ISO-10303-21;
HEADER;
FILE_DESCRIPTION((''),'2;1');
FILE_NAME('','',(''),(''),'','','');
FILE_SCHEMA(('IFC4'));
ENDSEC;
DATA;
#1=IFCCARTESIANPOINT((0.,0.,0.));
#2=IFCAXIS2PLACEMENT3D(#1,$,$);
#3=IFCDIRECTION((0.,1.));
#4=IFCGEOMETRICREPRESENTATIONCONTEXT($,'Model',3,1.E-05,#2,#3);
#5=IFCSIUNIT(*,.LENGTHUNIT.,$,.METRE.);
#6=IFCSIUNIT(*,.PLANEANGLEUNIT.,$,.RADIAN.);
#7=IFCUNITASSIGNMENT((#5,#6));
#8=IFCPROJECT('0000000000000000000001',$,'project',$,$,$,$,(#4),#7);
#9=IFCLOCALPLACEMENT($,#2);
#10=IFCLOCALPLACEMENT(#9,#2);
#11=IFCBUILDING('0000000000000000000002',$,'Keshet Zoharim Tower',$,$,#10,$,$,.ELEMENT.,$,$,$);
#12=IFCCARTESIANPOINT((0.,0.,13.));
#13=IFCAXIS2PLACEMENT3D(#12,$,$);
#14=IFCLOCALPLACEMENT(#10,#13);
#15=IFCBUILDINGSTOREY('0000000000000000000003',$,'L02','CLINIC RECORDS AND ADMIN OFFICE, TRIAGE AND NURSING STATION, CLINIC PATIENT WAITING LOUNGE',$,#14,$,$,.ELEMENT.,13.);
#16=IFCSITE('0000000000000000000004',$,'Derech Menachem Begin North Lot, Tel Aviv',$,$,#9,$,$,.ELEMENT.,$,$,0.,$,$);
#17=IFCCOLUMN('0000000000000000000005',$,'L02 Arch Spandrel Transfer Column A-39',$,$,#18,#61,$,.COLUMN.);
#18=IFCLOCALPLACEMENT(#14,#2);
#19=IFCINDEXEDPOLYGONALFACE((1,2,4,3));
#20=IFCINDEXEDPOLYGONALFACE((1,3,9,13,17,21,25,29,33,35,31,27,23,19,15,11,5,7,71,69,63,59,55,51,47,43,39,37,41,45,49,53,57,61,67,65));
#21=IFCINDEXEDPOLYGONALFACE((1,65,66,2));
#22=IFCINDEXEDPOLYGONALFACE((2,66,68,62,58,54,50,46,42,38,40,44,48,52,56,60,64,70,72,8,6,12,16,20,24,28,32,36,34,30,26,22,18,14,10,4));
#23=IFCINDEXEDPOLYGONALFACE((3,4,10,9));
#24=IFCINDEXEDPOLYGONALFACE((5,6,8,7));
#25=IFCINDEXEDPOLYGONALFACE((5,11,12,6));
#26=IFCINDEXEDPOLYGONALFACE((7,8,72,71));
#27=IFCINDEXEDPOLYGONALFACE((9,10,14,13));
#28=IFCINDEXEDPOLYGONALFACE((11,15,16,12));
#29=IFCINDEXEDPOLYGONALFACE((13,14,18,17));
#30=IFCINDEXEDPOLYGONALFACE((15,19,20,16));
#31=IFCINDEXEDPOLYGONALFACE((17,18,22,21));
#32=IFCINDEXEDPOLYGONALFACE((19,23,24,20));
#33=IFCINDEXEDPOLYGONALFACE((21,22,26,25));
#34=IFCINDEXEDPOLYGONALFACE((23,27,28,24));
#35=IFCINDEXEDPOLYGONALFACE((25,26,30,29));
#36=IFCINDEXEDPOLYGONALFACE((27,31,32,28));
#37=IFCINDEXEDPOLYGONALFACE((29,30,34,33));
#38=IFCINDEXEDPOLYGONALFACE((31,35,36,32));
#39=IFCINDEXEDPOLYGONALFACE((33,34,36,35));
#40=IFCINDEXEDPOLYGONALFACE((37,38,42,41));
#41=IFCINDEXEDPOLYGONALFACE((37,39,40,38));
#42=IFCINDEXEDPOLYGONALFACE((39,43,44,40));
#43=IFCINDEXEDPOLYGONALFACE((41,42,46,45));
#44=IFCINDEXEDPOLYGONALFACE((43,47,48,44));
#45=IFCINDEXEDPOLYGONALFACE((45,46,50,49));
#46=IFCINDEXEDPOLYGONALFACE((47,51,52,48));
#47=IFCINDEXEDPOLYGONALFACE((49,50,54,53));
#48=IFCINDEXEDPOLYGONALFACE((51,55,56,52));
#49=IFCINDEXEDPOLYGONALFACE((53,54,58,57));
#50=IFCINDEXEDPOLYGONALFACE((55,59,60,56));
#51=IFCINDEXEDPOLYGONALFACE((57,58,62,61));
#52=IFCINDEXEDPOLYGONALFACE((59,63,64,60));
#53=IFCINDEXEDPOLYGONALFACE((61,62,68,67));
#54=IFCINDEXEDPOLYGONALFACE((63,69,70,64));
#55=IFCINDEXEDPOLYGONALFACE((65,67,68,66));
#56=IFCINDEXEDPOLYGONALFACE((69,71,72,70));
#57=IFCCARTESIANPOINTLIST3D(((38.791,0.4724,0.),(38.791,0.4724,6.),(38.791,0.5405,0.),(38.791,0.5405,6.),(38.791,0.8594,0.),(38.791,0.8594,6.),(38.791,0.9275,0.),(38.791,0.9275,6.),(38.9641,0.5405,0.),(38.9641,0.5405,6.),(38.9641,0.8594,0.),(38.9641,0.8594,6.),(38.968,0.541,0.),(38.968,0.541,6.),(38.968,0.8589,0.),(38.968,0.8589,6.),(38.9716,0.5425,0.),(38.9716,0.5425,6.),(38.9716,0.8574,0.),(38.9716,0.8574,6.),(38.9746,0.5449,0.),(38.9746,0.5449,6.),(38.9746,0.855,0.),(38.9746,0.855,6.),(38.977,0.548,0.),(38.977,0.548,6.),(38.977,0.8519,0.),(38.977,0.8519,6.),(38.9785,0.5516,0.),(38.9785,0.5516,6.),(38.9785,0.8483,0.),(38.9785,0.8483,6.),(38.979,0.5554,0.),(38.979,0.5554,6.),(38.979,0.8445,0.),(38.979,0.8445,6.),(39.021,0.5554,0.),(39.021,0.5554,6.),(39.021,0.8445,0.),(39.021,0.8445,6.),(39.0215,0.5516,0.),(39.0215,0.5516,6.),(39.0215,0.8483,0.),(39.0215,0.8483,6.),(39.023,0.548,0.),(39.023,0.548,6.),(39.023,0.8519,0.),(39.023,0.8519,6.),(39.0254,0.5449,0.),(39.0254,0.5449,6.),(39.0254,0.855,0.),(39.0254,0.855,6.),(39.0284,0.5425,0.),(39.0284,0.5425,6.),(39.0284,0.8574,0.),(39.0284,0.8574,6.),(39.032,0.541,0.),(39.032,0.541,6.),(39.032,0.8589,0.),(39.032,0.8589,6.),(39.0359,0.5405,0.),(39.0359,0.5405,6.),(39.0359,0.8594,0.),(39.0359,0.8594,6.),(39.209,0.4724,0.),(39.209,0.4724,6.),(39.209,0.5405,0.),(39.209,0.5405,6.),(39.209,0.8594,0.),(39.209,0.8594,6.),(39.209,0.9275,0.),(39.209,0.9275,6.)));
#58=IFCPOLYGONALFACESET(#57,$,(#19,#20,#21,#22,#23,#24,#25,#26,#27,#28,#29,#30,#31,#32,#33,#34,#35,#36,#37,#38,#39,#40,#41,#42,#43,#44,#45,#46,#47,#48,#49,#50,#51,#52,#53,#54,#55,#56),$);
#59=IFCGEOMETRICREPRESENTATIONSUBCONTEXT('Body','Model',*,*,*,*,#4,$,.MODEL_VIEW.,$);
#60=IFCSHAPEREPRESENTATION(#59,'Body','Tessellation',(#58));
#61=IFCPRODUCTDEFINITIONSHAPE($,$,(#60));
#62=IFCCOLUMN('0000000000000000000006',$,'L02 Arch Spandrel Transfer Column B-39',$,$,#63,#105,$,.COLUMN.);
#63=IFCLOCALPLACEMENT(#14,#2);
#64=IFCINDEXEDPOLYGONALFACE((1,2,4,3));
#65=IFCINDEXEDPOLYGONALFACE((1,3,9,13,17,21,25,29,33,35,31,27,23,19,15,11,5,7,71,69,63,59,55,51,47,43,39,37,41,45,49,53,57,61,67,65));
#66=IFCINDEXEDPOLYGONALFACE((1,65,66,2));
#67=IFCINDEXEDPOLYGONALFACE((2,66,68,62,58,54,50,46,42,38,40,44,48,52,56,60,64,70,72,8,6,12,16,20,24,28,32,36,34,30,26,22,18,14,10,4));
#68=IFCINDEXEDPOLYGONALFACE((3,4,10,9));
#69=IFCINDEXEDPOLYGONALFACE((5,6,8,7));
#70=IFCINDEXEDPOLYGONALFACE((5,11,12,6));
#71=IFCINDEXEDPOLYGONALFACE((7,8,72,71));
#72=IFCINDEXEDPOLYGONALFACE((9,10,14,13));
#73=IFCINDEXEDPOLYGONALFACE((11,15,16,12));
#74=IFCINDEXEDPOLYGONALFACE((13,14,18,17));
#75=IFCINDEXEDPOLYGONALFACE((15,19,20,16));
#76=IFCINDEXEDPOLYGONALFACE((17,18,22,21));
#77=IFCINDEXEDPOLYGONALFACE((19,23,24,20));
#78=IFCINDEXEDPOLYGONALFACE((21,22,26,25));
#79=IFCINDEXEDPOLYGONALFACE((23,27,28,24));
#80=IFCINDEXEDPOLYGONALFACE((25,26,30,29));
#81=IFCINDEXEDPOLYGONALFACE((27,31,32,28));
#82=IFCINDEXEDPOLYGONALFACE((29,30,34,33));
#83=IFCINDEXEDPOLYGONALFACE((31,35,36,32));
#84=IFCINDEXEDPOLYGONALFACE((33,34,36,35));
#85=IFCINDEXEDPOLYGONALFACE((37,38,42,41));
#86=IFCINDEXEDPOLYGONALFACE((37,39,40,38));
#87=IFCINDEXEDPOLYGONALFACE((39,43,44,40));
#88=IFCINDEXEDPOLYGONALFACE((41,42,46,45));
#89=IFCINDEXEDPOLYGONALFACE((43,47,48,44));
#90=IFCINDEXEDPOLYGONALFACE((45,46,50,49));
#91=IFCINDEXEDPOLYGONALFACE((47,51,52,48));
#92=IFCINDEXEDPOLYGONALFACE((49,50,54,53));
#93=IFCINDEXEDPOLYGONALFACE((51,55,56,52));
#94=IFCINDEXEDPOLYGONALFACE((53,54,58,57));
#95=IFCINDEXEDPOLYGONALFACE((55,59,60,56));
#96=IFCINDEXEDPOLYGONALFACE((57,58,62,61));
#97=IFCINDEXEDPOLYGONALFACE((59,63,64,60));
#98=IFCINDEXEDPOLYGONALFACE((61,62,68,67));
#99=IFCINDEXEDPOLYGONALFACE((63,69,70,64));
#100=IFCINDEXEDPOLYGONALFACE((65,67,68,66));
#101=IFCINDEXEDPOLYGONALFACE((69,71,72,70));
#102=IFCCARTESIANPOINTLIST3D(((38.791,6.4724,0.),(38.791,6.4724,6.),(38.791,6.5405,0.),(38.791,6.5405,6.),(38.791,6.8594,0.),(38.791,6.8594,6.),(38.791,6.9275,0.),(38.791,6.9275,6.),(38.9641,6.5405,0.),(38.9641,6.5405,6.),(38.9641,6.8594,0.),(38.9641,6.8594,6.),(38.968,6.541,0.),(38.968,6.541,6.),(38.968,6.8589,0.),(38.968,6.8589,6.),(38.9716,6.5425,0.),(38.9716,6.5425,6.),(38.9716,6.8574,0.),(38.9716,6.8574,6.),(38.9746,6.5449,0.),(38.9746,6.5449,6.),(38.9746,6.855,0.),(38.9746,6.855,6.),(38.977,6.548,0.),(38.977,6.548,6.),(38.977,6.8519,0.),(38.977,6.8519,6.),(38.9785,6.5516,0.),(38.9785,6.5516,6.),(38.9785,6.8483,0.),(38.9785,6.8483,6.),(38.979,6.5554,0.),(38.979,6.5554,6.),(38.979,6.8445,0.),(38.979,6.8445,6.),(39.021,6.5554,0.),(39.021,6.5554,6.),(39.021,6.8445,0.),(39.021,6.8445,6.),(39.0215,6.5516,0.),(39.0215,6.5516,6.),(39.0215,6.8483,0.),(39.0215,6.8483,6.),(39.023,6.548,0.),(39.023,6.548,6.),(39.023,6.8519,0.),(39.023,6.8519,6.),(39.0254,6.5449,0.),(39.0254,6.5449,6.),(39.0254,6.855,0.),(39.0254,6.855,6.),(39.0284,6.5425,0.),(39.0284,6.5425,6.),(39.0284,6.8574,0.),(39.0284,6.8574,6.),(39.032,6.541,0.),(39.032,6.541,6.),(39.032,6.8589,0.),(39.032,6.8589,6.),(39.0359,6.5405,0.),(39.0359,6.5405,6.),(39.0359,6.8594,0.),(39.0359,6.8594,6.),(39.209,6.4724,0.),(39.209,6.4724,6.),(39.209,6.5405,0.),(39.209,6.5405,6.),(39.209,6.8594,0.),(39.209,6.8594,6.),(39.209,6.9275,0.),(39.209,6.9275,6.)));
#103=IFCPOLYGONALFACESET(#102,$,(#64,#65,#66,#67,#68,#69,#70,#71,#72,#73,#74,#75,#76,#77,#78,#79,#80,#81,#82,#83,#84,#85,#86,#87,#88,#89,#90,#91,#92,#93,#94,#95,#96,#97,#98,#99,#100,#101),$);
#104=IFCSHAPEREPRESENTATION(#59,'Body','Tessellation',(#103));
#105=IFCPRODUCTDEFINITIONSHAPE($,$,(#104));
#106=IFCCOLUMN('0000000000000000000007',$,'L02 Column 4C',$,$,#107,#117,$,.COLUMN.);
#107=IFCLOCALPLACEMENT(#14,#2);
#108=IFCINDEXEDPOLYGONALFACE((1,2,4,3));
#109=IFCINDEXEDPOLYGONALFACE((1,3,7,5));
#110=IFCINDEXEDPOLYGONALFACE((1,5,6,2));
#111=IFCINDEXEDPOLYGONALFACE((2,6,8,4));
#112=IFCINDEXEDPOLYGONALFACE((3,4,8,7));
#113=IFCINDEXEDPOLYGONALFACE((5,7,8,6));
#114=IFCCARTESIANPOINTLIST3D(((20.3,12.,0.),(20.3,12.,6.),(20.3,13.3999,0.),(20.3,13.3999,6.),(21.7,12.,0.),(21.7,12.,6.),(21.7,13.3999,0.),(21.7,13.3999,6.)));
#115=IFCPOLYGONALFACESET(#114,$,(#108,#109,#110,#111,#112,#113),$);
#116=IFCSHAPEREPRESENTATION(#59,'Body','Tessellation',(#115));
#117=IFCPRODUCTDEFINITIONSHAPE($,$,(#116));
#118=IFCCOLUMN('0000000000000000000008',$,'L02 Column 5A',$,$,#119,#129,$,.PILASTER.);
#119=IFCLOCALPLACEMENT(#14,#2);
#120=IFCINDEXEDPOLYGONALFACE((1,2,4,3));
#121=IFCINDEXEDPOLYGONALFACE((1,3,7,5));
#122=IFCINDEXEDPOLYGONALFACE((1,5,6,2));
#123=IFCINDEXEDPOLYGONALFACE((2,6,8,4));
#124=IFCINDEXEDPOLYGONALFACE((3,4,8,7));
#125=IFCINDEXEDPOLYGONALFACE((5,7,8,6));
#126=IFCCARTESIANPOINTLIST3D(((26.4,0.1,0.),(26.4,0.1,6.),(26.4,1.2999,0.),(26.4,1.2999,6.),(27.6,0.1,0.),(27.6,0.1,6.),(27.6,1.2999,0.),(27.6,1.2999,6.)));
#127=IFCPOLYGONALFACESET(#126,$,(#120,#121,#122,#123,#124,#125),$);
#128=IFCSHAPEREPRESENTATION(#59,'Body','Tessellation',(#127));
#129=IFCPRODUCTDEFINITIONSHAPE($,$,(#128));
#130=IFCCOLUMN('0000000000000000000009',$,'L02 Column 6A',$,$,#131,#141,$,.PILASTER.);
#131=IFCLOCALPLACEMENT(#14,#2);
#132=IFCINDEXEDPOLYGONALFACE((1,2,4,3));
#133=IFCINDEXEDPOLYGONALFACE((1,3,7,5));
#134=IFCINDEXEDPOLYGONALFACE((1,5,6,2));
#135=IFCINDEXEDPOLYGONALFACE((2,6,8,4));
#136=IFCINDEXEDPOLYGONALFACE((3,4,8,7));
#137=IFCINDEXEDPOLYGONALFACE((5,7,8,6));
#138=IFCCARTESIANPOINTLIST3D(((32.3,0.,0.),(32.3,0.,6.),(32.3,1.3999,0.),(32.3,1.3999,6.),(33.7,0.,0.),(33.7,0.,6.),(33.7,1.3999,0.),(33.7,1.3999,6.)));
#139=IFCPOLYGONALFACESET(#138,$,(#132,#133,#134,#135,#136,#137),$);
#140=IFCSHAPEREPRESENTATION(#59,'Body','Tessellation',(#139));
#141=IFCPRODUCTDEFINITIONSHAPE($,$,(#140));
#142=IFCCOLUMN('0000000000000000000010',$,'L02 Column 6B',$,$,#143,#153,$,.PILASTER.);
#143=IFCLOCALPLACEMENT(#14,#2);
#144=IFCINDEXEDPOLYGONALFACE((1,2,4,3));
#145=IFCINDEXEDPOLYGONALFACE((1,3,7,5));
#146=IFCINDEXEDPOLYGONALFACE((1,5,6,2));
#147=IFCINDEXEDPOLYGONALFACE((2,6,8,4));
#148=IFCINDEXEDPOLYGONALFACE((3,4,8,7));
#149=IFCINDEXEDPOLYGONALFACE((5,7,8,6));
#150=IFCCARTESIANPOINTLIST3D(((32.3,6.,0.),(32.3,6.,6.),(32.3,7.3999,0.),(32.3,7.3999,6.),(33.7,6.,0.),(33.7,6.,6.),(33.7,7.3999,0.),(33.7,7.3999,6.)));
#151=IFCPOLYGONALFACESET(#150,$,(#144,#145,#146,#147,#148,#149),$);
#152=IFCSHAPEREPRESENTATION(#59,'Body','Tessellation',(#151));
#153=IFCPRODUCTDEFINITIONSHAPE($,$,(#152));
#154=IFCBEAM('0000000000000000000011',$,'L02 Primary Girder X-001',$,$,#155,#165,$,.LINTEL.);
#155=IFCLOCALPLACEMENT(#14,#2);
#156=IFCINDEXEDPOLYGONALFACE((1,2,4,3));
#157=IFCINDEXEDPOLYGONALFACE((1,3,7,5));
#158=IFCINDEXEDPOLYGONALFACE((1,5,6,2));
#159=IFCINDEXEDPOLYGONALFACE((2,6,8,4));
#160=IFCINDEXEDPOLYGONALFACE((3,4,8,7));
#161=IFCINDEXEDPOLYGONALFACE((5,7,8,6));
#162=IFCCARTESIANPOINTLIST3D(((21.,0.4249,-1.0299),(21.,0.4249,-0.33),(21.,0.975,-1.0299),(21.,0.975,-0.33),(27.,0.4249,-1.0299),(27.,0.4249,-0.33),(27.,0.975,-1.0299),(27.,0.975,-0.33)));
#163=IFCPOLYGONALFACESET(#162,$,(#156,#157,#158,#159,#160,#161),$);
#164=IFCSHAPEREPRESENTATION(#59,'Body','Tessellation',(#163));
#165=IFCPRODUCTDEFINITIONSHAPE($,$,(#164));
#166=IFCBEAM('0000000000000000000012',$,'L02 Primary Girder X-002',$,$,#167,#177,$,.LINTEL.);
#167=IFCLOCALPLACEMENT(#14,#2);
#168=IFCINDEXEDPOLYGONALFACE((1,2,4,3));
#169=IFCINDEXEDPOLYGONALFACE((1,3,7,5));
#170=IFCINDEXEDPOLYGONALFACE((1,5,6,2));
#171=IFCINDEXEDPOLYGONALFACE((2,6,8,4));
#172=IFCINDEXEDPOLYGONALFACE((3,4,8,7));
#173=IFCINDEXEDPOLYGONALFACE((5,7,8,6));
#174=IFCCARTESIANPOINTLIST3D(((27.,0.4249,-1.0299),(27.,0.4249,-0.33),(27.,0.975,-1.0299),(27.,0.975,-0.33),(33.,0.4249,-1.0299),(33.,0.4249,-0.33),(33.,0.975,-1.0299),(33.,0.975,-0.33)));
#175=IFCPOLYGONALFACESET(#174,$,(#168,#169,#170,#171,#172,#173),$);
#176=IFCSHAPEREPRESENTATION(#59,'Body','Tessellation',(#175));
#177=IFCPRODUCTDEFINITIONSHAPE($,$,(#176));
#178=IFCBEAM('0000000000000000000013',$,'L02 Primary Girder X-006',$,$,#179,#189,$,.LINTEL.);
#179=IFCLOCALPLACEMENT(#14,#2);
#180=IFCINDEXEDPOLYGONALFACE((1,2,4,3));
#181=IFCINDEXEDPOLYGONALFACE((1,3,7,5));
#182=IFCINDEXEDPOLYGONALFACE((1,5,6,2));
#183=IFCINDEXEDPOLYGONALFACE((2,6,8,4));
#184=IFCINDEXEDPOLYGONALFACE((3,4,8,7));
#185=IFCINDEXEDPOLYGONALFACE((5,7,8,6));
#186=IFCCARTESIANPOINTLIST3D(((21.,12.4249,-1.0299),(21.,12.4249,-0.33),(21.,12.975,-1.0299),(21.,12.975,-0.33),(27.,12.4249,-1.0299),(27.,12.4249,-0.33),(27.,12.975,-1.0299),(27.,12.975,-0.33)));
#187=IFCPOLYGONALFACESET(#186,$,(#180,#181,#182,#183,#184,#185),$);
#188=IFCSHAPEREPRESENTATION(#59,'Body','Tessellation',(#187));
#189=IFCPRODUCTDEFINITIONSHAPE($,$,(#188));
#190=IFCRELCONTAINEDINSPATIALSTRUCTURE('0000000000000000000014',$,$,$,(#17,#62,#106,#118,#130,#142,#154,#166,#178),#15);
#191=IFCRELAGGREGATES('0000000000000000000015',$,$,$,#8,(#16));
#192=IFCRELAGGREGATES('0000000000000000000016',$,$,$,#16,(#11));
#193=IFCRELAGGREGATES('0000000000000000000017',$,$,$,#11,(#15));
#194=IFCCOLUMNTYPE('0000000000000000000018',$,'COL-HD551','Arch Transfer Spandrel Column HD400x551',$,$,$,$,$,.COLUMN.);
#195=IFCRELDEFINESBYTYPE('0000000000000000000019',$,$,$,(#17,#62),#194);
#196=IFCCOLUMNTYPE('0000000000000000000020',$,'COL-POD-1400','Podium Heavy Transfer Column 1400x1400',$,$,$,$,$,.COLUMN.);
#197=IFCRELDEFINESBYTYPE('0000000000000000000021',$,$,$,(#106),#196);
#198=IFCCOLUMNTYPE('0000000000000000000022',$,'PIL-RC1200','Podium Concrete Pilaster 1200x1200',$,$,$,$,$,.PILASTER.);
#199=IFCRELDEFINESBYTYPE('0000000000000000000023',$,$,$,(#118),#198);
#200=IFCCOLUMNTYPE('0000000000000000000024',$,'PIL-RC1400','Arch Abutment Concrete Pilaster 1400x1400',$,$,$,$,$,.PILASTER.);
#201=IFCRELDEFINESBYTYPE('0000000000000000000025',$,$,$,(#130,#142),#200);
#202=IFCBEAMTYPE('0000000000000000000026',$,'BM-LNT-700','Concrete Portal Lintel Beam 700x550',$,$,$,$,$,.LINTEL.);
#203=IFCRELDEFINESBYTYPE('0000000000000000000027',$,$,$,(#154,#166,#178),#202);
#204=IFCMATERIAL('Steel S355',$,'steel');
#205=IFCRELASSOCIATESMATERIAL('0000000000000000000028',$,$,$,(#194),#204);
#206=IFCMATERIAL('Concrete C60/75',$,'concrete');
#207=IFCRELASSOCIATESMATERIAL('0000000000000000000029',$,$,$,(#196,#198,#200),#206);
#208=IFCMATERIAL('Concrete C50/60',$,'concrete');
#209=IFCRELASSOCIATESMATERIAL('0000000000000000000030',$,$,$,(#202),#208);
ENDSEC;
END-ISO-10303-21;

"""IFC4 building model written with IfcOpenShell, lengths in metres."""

from ifc_helpers import new_model, si_unit, direction, frame, origin, origin_2d, place, context, subcontext, project, spatial, rectangle, i_section, extrude, material, material_profile, profile_set, type_object, element, save


model = new_model("IFC4")

# Units and contexts
model_context = context("Model", 3, precision=1e-05, world=origin(), true_north=direction((0.0, 1.0)))
body_context = subcontext(model_context, "Body", "Model", "MODEL_VIEW")
ifc_project = project(units=[si_unit("LENGTHUNIT", "METRE"), si_unit("PLANEANGLEUNIT", "RADIAN")], contexts=[model_context])

# Site, building, storey
site_placement = place(None, origin())
site = spatial("IfcSite", under=ifc_project, at=site_placement, Name="Derech Menachem Begin North Lot, Tel Aviv", CompositionType="ELEMENT", RefElevation=0.0)
building_placement = place(site_placement, origin())
building = spatial("IfcBuilding", under=site, at=building_placement, Name="Keshet Zoharim Tower", CompositionType="ELEMENT")
storey_placement = place(building_placement, frame((0.0, 0.0, 13.0)))
storey = spatial("IfcBuildingStorey", under=building, at=storey_placement, Name="L02", Description="CLINIC RECORDS AND ADMIN OFFICE, TRIAGE AND NURSING STATION, CLINIC PATIENT WAITING LOUNGE", CompositionType="ELEMENT", Elevation=13.0)

# Columns
ifc_material_1 = material(Name="Steel S355", Category="steel")
ifc_material_profile_1 = material_profile(ifc_material_1, i_section(OverallWidth=0.418, OverallDepth=0.4551, WebThickness=0.042, FlangeThickness=0.0681, FilletRadius=0.0149, at=origin_2d()), Name="HD400x551")
ifc_profile_set_1 = profile_set([ifc_material_profile_1], Name="Steel S355")
column_type_1 = type_object("IfcColumnType", Name="COL-HD551", Description="Arch Transfer Spandrel Column HD400x551", PredefinedType="COLUMN", material=ifc_profile_set_1)
for number, where, z_axis, x_axis, name in (
    (1, (39.0, 0.7, 0.0), (0.0, 0.0, 1.0), (1.0, 0.0, 0.0), "L02 Arch Spandrel Transfer Column A-39"),
    (2, (39.0, 6.7, 0.0), (0.0, 0.0, 1.0), (1.0, 0.0, 0.0), "L02 Arch Spandrel Transfer Column B-39"),
):
    element("IfcColumn", number, at=place(storey_placement, frame(where, z_axis=z_axis, x_axis=x_axis)), inside=storey, type_object=column_type_1, Name=name, PredefinedType="COLUMN", context=body_context, shape_type="SweptSolid", body=[
        extrude(i_section(OverallWidth=0.418, OverallDepth=0.4551, WebThickness=0.042, FlangeThickness=0.0681, FilletRadius=0.0149, at=origin_2d()), origin(), (0.0, 0.0, 1.0), 6.0),
    ])
ifc_material_2 = material(Name="Concrete C60/75", Category="concrete")
ifc_material_profile_2 = material_profile(ifc_material_2, rectangle(XDim=1.3999, YDim=1.3999, at=origin_2d()), Name="RC1400x1400")
ifc_profile_set_2 = profile_set([ifc_material_profile_2], Name="Concrete C60/75")
column_type_2 = type_object("IfcColumnType", Name="COL-POD-1400", Description="Podium Heavy Transfer Column 1400x1400", PredefinedType="COLUMN", material=ifc_profile_set_2)
column_1_placement = place(storey_placement, frame((21.0, 12.7, 0.0), z_axis=(0.0, 0.0, 1.0), x_axis=(1.0, 0.0, 0.0)))
element("IfcColumn", 3, at=column_1_placement, inside=storey, type_object=column_type_2, Name="L02 Column 4C", PredefinedType="COLUMN", context=body_context, shape_type="SweptSolid", body=[
    extrude(rectangle(XDim=1.3999, YDim=1.3999, at=origin_2d()), origin(), (0.0, 0.0, 1.0), 6.0),
])
ifc_material_profile_3 = material_profile(ifc_material_2, rectangle(XDim=1.2, YDim=1.2, at=origin_2d()), Name="RC1200x1200")
ifc_profile_set_3 = profile_set([ifc_material_profile_3], Name="Concrete C60/75")
column_type_3 = type_object("IfcColumnType", Name="PIL-RC1200", Description="Podium Concrete Pilaster 1200x1200", PredefinedType="PILASTER", material=ifc_profile_set_3)
column_2_placement = place(storey_placement, frame((27.0, 0.7, 0.0), z_axis=(0.0, 0.0, 1.0), x_axis=(1.0, 0.0, 0.0)))
element("IfcColumn", 4, at=column_2_placement, inside=storey, type_object=column_type_3, Name="L02 Column 5A", PredefinedType="PILASTER", context=body_context, shape_type="SweptSolid", body=[
    extrude(rectangle(XDim=1.2, YDim=1.2, at=origin_2d()), origin(), (0.0, 0.0, 1.0), 6.0),
])
ifc_material_profile_4 = material_profile(ifc_material_2, rectangle(XDim=1.3999, YDim=1.3999, at=origin_2d()), Name="RC1400x1400")
ifc_profile_set_4 = profile_set([ifc_material_profile_4], Name="Concrete C60/75")
column_type_4 = type_object("IfcColumnType", Name="PIL-RC1400", Description="Arch Abutment Concrete Pilaster 1400x1400", PredefinedType="PILASTER", material=ifc_profile_set_4)
for number, where, z_axis, x_axis, name in (
    (5, (33.0, 0.7, 0.0), (0.0, 0.0, 1.0), (1.0, 0.0, 0.0), "L02 Column 6A"),
    (6, (33.0, 6.7, 0.0), (0.0, 0.0, 1.0), (1.0, 0.0, 0.0), "L02 Column 6B"),
):
    element("IfcColumn", number, at=place(storey_placement, frame(where, z_axis=z_axis, x_axis=x_axis)), inside=storey, type_object=column_type_4, Name=name, PredefinedType="PILASTER", context=body_context, shape_type="SweptSolid", body=[
        extrude(rectangle(XDim=1.3999, YDim=1.3999, at=origin_2d()), origin(), (0.0, 0.0, 1.0), 6.0),
    ])

# Beams
ifc_material_3 = material(Name="Concrete C50/60", Category="concrete")
ifc_material_profile_5 = material_profile(ifc_material_3, rectangle(XDim=0.55, YDim=0.7, at=origin_2d()), Name="RC700x550")
ifc_profile_set_5 = profile_set([ifc_material_profile_5], Name="Concrete C50/60")
beam_type_1 = type_object("IfcBeamType", Name="BM-LNT-700", Description="Concrete Portal Lintel Beam 700x550", PredefinedType="LINTEL", material=ifc_profile_set_5)
for number, where, z_axis, x_axis, name in (
    (7, (21.0, 0.7, -0.6799), (1.0, 0.0, 0.0), (0.0, 1.0, 0.0), "L02 Primary Girder X-001"),
    (8, (27.0, 0.7, -0.6799), (1.0, 0.0, 0.0), (0.0, 1.0, 0.0), "L02 Primary Girder X-002"),
    (9, (21.0, 12.7, -0.6799), (1.0, 0.0, 0.0), (0.0, 1.0, 0.0), "L02 Primary Girder X-006"),
):
    element("IfcBeam", number, at=place(storey_placement, frame(where, z_axis=z_axis, x_axis=x_axis)), inside=storey, type_object=beam_type_1, Name=name, PredefinedType="LINTEL", context=body_context, shape_type="SweptSolid", body=[
        extrude(rectangle(XDim=0.55, YDim=0.7, at=origin_2d()), origin(), (0.0, 0.0, 1.0), 6.0),
    ])

save(model, "model.ifc")
